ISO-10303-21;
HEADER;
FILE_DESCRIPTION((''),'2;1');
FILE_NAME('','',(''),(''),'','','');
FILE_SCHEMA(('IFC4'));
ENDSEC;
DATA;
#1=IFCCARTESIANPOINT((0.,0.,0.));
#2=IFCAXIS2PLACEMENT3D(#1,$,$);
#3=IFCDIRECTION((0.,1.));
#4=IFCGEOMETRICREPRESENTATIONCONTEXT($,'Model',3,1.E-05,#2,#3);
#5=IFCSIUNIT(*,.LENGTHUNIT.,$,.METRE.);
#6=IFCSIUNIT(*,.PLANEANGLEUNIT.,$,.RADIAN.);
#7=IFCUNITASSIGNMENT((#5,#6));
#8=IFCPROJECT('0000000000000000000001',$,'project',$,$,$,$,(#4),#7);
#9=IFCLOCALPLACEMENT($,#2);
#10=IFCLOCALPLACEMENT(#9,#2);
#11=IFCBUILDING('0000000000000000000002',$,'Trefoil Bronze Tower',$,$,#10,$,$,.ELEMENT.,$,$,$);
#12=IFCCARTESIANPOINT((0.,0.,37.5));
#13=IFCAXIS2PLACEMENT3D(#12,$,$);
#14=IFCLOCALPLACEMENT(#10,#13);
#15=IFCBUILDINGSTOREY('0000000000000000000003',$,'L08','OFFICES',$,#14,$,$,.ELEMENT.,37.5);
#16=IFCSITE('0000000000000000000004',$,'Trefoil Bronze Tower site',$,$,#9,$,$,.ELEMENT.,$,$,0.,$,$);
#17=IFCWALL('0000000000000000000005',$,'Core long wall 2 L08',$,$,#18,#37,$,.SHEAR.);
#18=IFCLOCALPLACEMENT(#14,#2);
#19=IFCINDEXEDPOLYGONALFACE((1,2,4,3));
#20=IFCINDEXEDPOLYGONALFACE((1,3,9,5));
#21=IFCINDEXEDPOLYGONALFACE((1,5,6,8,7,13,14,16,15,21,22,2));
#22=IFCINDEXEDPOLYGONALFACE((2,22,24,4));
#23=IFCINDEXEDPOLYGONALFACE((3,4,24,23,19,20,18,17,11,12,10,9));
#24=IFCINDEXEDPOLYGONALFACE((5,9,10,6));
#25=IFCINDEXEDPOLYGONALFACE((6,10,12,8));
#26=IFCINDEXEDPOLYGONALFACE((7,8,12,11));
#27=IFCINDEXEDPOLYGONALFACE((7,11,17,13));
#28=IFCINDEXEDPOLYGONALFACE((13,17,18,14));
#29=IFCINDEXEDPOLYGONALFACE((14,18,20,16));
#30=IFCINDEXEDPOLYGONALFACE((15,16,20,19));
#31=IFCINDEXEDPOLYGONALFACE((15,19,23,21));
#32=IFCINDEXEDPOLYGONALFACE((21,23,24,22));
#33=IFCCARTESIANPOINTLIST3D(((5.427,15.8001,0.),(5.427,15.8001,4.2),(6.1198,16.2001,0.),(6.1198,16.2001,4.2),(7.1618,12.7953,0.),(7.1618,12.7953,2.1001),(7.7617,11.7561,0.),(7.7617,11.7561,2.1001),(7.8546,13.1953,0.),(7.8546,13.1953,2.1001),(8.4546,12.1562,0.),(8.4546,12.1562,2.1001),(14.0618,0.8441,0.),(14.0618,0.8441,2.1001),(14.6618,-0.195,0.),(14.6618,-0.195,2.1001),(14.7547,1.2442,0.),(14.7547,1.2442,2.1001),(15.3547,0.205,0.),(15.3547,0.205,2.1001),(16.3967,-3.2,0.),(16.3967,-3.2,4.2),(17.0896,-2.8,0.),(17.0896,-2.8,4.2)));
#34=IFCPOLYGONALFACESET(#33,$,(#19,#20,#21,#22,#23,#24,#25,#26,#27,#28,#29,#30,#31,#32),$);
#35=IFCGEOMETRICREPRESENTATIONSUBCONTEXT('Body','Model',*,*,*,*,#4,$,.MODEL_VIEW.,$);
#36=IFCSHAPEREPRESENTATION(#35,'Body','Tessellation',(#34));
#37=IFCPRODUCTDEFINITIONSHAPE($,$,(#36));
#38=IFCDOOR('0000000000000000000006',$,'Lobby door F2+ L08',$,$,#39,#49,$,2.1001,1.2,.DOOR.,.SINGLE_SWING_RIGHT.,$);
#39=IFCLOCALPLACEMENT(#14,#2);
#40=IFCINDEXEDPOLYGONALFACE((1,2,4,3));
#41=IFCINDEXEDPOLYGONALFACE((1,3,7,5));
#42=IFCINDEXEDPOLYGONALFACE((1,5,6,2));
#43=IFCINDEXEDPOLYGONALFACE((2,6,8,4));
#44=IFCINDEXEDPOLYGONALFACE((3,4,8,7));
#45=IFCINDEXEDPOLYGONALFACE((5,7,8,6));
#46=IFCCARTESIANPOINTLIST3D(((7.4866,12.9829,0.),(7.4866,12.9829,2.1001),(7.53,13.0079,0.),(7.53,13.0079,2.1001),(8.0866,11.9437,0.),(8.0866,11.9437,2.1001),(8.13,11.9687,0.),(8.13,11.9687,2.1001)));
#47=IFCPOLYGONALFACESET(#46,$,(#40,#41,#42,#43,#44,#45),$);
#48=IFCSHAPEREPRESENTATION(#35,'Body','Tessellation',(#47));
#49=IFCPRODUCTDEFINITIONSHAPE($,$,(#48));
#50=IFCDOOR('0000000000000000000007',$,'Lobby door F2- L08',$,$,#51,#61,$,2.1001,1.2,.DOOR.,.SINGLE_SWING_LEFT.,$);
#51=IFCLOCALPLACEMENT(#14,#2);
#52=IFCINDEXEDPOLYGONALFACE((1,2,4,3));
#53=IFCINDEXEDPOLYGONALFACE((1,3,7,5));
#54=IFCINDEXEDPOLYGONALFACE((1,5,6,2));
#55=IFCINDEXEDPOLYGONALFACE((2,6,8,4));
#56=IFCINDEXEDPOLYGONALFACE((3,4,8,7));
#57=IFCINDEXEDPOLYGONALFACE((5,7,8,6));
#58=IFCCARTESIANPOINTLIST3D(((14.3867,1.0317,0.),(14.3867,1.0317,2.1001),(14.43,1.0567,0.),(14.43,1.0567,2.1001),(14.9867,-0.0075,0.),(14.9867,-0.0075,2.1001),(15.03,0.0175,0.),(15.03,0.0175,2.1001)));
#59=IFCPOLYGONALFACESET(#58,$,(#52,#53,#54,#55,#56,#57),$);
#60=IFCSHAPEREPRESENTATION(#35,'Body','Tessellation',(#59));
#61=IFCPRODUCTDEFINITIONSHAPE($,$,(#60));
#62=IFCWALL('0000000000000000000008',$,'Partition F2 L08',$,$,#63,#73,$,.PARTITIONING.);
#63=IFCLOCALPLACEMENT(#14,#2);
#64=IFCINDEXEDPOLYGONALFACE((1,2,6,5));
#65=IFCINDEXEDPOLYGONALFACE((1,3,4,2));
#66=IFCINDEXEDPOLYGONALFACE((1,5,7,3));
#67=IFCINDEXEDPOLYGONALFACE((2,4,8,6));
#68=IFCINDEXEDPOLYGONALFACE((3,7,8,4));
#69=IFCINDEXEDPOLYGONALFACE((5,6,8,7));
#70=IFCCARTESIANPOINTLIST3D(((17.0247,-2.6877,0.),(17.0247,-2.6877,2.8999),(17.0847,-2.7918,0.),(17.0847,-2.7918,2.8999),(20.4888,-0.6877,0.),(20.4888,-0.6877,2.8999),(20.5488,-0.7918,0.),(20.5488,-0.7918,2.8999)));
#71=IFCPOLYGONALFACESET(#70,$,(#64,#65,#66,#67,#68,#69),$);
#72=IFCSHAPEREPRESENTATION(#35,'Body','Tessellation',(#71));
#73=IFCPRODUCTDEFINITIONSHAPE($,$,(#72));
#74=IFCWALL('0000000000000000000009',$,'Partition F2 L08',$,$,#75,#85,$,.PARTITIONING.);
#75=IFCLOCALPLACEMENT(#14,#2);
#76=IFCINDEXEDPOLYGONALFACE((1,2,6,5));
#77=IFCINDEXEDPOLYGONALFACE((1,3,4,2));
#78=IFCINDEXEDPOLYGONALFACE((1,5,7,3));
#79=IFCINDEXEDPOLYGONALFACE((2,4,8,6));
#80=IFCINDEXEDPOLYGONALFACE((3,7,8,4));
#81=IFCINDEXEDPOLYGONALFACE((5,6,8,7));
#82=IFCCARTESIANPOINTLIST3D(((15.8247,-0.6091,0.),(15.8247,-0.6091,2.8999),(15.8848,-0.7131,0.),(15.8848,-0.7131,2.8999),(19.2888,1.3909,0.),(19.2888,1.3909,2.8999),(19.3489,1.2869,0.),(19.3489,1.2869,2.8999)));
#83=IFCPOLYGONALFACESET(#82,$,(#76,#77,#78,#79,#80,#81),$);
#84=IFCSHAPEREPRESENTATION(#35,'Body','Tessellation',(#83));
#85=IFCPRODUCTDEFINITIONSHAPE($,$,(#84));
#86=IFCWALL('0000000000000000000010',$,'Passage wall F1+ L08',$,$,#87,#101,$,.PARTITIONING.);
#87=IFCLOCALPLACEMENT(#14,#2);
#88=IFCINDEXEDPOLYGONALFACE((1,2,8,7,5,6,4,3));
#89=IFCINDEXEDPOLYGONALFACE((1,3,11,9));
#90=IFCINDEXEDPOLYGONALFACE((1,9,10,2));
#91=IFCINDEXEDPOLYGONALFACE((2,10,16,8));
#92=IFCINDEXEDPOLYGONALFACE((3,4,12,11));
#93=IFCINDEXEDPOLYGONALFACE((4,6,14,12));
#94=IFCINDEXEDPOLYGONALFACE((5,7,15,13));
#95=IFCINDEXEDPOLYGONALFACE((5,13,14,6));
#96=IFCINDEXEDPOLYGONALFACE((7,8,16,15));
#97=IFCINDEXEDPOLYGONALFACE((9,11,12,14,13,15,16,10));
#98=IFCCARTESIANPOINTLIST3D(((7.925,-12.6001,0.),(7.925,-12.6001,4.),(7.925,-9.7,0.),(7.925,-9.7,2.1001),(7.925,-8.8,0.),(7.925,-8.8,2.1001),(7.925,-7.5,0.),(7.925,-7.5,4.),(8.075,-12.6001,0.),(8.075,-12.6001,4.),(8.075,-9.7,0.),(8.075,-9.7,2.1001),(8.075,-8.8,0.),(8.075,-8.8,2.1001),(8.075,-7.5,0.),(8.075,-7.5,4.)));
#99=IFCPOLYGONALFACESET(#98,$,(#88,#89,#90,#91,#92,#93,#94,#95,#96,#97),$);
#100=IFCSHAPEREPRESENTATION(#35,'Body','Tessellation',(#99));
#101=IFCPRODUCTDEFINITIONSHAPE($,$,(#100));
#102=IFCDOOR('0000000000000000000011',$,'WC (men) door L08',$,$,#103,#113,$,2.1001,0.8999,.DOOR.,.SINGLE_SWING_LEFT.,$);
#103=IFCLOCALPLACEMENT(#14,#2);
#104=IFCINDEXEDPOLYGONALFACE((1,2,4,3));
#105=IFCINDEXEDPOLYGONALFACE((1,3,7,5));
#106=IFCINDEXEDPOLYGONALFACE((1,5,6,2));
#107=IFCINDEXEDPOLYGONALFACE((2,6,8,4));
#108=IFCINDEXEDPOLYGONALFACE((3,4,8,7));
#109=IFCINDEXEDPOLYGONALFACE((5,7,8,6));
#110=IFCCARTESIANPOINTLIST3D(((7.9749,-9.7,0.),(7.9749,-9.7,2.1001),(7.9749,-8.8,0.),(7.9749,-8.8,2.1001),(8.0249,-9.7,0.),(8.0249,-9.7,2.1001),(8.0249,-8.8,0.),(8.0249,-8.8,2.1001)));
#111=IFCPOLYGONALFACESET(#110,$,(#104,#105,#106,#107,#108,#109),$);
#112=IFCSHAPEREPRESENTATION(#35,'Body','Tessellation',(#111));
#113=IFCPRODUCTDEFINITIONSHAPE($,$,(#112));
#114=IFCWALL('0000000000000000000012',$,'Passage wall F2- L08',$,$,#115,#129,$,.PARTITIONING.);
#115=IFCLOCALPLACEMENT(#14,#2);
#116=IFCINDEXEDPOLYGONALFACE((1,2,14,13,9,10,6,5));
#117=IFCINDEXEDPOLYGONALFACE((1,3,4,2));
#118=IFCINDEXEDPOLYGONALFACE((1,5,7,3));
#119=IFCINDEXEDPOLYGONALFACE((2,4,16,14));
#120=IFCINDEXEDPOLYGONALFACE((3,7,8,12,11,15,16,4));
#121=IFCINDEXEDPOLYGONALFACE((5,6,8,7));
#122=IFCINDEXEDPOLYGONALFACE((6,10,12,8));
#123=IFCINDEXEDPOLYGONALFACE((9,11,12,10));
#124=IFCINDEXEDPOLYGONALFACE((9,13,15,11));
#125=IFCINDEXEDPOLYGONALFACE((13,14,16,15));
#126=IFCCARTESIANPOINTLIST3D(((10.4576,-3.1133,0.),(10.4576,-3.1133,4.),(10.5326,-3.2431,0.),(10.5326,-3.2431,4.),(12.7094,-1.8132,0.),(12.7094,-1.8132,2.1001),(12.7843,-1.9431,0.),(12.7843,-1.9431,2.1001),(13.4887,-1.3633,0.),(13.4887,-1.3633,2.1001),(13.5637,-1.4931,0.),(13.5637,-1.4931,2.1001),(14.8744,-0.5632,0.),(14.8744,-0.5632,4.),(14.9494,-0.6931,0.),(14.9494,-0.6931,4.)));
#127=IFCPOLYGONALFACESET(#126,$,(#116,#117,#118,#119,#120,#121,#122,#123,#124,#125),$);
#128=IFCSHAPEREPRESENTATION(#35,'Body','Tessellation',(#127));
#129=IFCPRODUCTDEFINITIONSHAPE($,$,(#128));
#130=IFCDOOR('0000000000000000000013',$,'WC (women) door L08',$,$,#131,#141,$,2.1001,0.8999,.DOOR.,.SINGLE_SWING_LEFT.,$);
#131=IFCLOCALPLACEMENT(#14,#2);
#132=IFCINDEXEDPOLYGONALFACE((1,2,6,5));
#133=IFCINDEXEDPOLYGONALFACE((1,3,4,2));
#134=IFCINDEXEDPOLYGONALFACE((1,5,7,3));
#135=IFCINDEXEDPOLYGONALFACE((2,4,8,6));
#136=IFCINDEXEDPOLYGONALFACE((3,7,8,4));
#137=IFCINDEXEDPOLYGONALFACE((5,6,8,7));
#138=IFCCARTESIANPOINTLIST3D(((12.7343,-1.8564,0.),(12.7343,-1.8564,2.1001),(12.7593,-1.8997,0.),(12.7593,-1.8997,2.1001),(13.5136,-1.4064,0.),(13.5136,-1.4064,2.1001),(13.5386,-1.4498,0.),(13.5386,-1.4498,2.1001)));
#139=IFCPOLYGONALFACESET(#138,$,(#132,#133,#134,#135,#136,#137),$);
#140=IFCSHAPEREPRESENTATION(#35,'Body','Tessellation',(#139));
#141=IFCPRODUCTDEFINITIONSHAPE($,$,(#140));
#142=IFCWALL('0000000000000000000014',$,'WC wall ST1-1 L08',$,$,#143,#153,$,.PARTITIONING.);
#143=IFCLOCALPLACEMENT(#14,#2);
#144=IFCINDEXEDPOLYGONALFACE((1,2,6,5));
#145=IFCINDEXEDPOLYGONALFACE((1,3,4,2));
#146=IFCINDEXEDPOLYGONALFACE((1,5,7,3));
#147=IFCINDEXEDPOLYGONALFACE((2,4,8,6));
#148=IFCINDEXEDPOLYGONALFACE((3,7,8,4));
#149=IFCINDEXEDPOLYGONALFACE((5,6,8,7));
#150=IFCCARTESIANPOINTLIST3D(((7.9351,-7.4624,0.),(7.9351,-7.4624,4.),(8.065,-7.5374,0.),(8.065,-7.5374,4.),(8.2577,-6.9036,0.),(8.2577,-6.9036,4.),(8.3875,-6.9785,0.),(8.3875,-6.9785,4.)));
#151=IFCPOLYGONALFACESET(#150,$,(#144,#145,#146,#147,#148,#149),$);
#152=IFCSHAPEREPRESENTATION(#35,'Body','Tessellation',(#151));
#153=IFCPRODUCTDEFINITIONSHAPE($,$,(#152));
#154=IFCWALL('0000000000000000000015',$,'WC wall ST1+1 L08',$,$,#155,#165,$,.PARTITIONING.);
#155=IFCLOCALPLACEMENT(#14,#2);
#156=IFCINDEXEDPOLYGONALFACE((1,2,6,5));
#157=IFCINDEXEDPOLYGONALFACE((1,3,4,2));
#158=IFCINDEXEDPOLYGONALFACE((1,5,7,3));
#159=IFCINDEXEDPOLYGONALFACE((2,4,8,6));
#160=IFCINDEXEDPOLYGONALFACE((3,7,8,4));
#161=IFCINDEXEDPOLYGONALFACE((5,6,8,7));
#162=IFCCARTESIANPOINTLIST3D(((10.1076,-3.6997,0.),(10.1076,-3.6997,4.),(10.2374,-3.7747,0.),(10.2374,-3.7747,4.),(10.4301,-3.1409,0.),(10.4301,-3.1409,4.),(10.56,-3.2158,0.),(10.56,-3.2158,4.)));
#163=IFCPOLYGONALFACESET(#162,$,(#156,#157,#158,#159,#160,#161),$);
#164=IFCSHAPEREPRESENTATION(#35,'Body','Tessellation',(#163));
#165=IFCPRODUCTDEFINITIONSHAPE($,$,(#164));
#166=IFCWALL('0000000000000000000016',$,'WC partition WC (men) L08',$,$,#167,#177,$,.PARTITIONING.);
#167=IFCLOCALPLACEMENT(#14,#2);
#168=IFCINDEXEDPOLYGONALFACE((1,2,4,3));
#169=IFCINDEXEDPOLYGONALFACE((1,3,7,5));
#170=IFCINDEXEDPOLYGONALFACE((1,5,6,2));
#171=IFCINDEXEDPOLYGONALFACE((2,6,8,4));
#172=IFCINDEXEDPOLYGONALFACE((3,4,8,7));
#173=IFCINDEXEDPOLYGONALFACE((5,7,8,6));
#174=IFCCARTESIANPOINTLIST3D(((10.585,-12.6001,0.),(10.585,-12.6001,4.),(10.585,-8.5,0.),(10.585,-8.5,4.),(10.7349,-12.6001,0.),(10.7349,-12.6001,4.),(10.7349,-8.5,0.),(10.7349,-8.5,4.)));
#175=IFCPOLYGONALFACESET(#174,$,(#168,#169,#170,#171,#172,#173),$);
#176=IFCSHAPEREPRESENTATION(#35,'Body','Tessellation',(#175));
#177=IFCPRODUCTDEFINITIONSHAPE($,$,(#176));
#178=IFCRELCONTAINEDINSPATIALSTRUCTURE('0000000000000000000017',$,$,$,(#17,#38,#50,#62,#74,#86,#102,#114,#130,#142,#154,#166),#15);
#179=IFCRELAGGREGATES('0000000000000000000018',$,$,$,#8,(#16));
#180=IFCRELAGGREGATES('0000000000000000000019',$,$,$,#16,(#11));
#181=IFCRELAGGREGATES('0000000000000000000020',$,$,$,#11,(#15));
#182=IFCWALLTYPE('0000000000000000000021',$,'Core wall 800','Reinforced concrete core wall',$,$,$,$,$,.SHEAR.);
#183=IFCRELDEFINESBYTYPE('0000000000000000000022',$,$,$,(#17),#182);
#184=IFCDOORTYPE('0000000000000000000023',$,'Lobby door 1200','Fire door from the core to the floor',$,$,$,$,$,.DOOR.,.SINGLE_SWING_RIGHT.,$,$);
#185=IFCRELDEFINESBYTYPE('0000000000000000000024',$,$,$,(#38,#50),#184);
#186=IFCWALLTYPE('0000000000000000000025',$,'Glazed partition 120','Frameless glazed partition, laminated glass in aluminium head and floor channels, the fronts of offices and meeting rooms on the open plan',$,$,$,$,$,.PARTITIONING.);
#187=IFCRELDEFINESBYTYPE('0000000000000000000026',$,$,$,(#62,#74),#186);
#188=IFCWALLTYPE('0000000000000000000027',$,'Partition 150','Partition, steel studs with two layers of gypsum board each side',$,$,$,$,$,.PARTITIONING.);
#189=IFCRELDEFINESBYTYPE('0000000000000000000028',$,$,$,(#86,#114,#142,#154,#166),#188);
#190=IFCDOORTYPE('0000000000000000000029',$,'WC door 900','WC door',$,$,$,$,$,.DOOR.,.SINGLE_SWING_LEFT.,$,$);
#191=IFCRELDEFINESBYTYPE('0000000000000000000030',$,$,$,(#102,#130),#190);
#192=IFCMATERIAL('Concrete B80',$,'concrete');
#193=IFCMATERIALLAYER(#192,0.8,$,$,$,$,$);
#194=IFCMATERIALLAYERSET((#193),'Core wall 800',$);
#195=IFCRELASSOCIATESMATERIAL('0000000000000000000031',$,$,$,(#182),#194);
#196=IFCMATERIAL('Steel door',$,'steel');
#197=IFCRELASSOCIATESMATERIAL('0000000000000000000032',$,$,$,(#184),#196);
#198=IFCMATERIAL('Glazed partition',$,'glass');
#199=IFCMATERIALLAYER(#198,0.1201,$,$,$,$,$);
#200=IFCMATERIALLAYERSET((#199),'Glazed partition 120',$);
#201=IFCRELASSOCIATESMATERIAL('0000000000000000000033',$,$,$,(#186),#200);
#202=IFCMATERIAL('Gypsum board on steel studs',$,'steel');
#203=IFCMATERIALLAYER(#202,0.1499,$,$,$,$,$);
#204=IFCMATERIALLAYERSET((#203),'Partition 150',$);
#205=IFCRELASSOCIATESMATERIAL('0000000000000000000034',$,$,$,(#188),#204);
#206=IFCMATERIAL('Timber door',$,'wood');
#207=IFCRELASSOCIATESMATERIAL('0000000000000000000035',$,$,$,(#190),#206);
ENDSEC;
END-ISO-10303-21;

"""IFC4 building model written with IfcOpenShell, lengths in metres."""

from ifc_helpers import new_model, si_unit, direction, frame, frame_2d, origin, place, context, subcontext, project, spatial, rectangle, extrude, material, layer, layer_set, type_object, element, fill, save


model = new_model("IFC4")

# Units and contexts
model_context = context("Model", 3, precision=1e-05, world=origin(), true_north=direction((0.0, 1.0)))
body_context = subcontext(model_context, "Body", "Model", "MODEL_VIEW")
ifc_project = project(units=[si_unit("LENGTHUNIT", "METRE"), si_unit("PLANEANGLEUNIT", "RADIAN")], contexts=[model_context])

# Site, building, storey
site_placement = place(None, origin())
site = spatial("IfcSite", under=ifc_project, at=site_placement, Name="Trefoil Bronze Tower site", CompositionType="ELEMENT", RefElevation=0.0)
building_placement = place(site_placement, origin())
building = spatial("IfcBuilding", under=site, at=building_placement, Name="Trefoil Bronze Tower", CompositionType="ELEMENT")
storey_placement = place(building_placement, frame((0.0, 0.0, 37.5)))
storey = spatial("IfcBuildingStorey", under=building, at=storey_placement, Name="L08", Description="OFFICES", CompositionType="ELEMENT", Elevation=37.5)

# Shared definitions
ifc_material_1 = material(Name="Concrete B80", Category="concrete")
ifc_layer_1 = layer(ifc_material_1, 0.8)
ifc_layer_set_1 = layer_set([ifc_layer_1], Name="Core wall 800")
wall_type_1 = type_object("IfcWallType", Name="Core wall 800", Description="Reinforced concrete core wall", PredefinedType="SHEAR", material=ifc_layer_set_1)

# Wall, openings, doors
wall_1_placement = place(storey_placement, frame((16.7432, -3.0, 0.0), z_axis=(0.0, 0.0, 1.0), x_axis=(-0.500002, 0.866024, 0.0)))
wall_1 = element("IfcWall", 1, at=wall_1_placement, inside=storey, type_object=wall_type_1, Name="Core long wall 2 L08", PredefinedType="SHEAR", context=body_context, shape_type="SweptSolid", body=[
    extrude(rectangle(XDim=21.9395, YDim=0.8, at=frame_2d((10.9697, 0.0))), origin(), (0.0, 0.0, 1.0), 4.2),
])
opening_1_placement = place(wall_1_placement, frame((17.2698, 0.0, 0.0)))
opening_1 = element("IfcOpeningElement", 2, at=opening_1_placement, cuts=wall_1, PredefinedType="OPENING", context=body_context, shape_type="SweptSolid", body=[
    extrude(rectangle(XDim=1.2, YDim=2.1001, at=frame_2d((0.6001, 1.05))), frame((0.0, 0.4099, 0.0), z_axis=(0.0, -1.0, 0.0), x_axis=(1.0, 0.0, 0.0)), (0.0, 0.0, 1.0), 0.8201),
])
opening_2_placement = place(wall_1_placement, frame((3.4697, 0.0, 0.0)))
opening_2 = element("IfcOpeningElement", 3, at=opening_2_placement, cuts=wall_1, PredefinedType="OPENING", context=body_context, shape_type="SweptSolid", body=[
    extrude(rectangle(XDim=1.2, YDim=2.1001, at=frame_2d((0.6001, 1.05))), frame((0.0, 0.4099, 0.0), z_axis=(0.0, -1.0, 0.0), x_axis=(1.0, 0.0, 0.0)), (0.0, 0.0, 1.0), 0.8201),
])
ifc_material_2 = material(Name="Steel door", Category="steel")
door_type_1 = type_object("IfcDoorType", Name="Lobby door 1200", Description="Fire door from the core to the floor", OperationType="SINGLE_SWING_RIGHT", PredefinedType="DOOR", material=ifc_material_2)
door_1_placement = place(opening_1_placement, origin())
door_1 = element("IfcDoor", 4, at=door_1_placement, inside=storey, type_object=door_type_1, Name="Lobby door F2+ L08", OperationType="SINGLE_SWING_RIGHT", OverallHeight=2.1001, OverallWidth=1.2, PredefinedType="DOOR", context=body_context, shape_type="SweptSolid", body=[
    extrude(rectangle(XDim=1.2, YDim=2.1001, at=frame_2d((0.6001, 1.05))), frame((0.0, 0.0249, 0.0), z_axis=(0.0, -1.0, 0.0), x_axis=(1.0, 0.0, 0.0)), (0.0, 0.0, 1.0), 0.05),
])
fill(opening_1, door_1)
door_2_placement = place(opening_2_placement, origin())
door_2 = element("IfcDoor", 5, at=door_2_placement, inside=storey, type_object=door_type_1, Name="Lobby door F2- L08", OperationType="SINGLE_SWING_LEFT", OverallHeight=2.1001, OverallWidth=1.2, PredefinedType="DOOR", context=body_context, shape_type="SweptSolid", body=[
    extrude(rectangle(XDim=1.2, YDim=2.1001, at=frame_2d((0.6001, 1.05))), frame((0.0, 0.0249, 0.0), z_axis=(0.0, -1.0, 0.0), x_axis=(1.0, 0.0, 0.0)), (0.0, 0.0, 1.0), 0.05),
])
fill(opening_2, door_2)

# Walls
ifc_material_3 = material(Name="Glazed partition", Category="glass")
ifc_layer_2 = layer(ifc_material_3, 0.1201)
ifc_layer_set_2 = layer_set([ifc_layer_2], Name="Glazed partition 120")
wall_type_2 = type_object("IfcWallType", Name="Glazed partition 120", Description="Frameless glazed partition, laminated glass in aluminium head and floor channels, the fronts of offices and meeting rooms on the open plan", PredefinedType="PARTITIONING", material=ifc_layer_set_2)
for number, where, z_axis, x_axis, name in (
    (6, (17.0547, -2.7397, 0.0), (0.0, 0.0, 1.0), (0.866026, 0.499999, 0.0), "Partition F2 L08"),
    (7, (15.8547, -0.6611, 0.0), (0.0, 0.0, 1.0), (0.866026, 0.499999, 0.0), "Partition F2 L08"),
):
    element("IfcWall", number, at=place(storey_placement, frame(where, z_axis=z_axis, x_axis=x_axis)), inside=storey, type_object=wall_type_2, Name=name, PredefinedType="PARTITIONING", context=body_context, shape_type="SweptSolid", body=[
        extrude(rectangle(XDim=4.0, YDim=0.1201, at=frame_2d((2.0, 0.0))), origin(), (0.0, 0.0, 1.0), 2.8999),
    ])

# Walls, openings, doors
ifc_material_4 = material(Name="Gypsum board on steel studs", Category="steel")
ifc_layer_3 = layer(ifc_material_4, 0.1499)
ifc_layer_set_3 = layer_set([ifc_layer_3], Name="Partition 150")
wall_type_3 = type_object("IfcWallType", Name="Partition 150", Description="Partition, steel studs with two layers of gypsum board each side", PredefinedType="PARTITIONING", material=ifc_layer_set_3)
wall_2_placement = place(storey_placement, frame((8.0, -7.5, 0.0), z_axis=(0.0, 0.0, 1.0), x_axis=(0.0, -1.0, 0.0)))
wall_2 = element("IfcWall", 8, at=wall_2_placement, inside=storey, type_object=wall_type_3, Name="Passage wall F1+ L08", PredefinedType="PARTITIONING", context=body_context, shape_type="SweptSolid", body=[
    extrude(rectangle(XDim=5.1001, YDim=0.1499, at=frame_2d((2.55, 0.0))), origin(), (0.0, 0.0, 1.0), 4.0),
])
opening_3_placement = place(wall_2_placement, frame((1.3, 0.0, 0.0)))
opening_3 = element("IfcOpeningElement", 9, at=opening_3_placement, cuts=wall_2, PredefinedType="OPENING", context=body_context, shape_type="SweptSolid", body=[
    extrude(rectangle(XDim=0.8999, YDim=2.1001, at=frame_2d((0.45, 1.05))), frame((0.0, 0.085, 0.0), z_axis=(0.0, -1.0, 0.0), x_axis=(1.0, 0.0, 0.0)), (0.0, 0.0, 1.0), 0.1699),
])
ifc_material_5 = material(Name="Timber door", Category="wood")
door_type_2 = type_object("IfcDoorType", Name="WC door 900", Description="WC door", OperationType="SINGLE_SWING_LEFT", PredefinedType="DOOR", material=ifc_material_5)
door_3_placement = place(opening_3_placement, origin())
door_3 = element("IfcDoor", 10, at=door_3_placement, inside=storey, type_object=door_type_2, Name="WC (men) door L08", OperationType="SINGLE_SWING_LEFT", OverallHeight=2.1001, OverallWidth=0.8999, PredefinedType="DOOR", context=body_context, shape_type="SweptSolid", body=[
    extrude(rectangle(XDim=0.8999, YDim=2.1001, at=frame_2d((0.45, 1.05))), frame((0.0, 0.0249, 0.0), z_axis=(0.0, -1.0, 0.0), x_axis=(1.0, 0.0, 0.0)), (0.0, 0.0, 1.0), 0.05),
])
fill(opening_3, door_3)
wall_3_placement = place(storey_placement, frame((10.4951, -3.1782, 0.0), z_axis=(0.0, 0.0, 1.0), x_axis=(0.866022, 0.500006, 0.0)))
wall_3 = element("IfcWall", 11, at=wall_3_placement, inside=storey, type_object=wall_type_3, Name="Passage wall F2- L08", PredefinedType="PARTITIONING", context=body_context, shape_type="SweptSolid", body=[
    extrude(rectangle(XDim=5.1001, YDim=0.1499, at=frame_2d((2.55, 0.0))), origin(), (0.0, 0.0, 1.0), 4.0),
])
opening_4_placement = place(wall_3_placement, frame((2.6001, 0.0, 0.0)))
opening_4 = element("IfcOpeningElement", 12, at=opening_4_placement, cuts=wall_3, PredefinedType="OPENING", context=body_context, shape_type="SweptSolid", body=[
    extrude(rectangle(XDim=0.8999, YDim=2.1001, at=frame_2d((0.45, 1.05))), frame((0.0, 0.085, 0.0), z_axis=(0.0, -1.0, 0.0), x_axis=(1.0, 0.0, 0.0)), (0.0, 0.0, 1.0), 0.1699),
])
door_4_placement = place(opening_4_placement, frame((0.8999, 0.0, 0.0), z_axis=(0.0, 0.0, 1.0), x_axis=(-1.0, 0.0, 0.0)))
door_4 = element("IfcDoor", 13, at=door_4_placement, inside=storey, type_object=door_type_2, Name="WC (women) door L08", OperationType="SINGLE_SWING_LEFT", OverallHeight=2.1001, OverallWidth=0.8999, PredefinedType="DOOR", context=body_context, shape_type="SweptSolid", body=[
    extrude(rectangle(XDim=0.8999, YDim=2.1001, at=frame_2d((0.45, 1.05))), frame((0.0, 0.0249, 0.0), z_axis=(0.0, -1.0, 0.0), x_axis=(1.0, 0.0, 0.0)), (0.0, 0.0, 1.0), 0.05),
])
fill(opening_4, door_4)

# Walls
for number, where, z_axis, x_axis, name in (
    (14, (8.0, -7.5, 0.0), (0.0, 0.0, 1.0), (0.499843, 0.866116, 0.0), "WC wall ST1-1 L08"),
    (15, (10.4951, -3.1782, 0.0), (0.0, 0.0, 1.0), (-0.499843, -0.866116, 0.0), "WC wall ST1+1 L08"),
):
    element("IfcWall", number, at=place(storey_placement, frame(where, z_axis=z_axis, x_axis=x_axis)), inside=storey, type_object=wall_type_3, Name=name, PredefinedType="PARTITIONING", context=body_context, shape_type="SweptSolid", body=[
        extrude(rectangle(XDim=0.6453, YDim=0.1499, at=frame_2d((0.3228, 0.0))), origin(), (0.0, 0.0, 1.0), 4.0),
    ])
wall_4_placement = place(storey_placement, frame((10.6599, -8.5, 0.0), z_axis=(0.0, 0.0, 1.0), x_axis=(0.0, -1.0, 0.0)))
element("IfcWall", 16, at=wall_4_placement, inside=storey, type_object=wall_type_3, Name="WC partition WC (men) L08", PredefinedType="PARTITIONING", context=body_context, shape_type="SweptSolid", body=[
    extrude(rectangle(XDim=4.1001, YDim=0.1499, at=frame_2d((2.05, 0.0))), origin(), (0.0, 0.0, 1.0), 4.0),
])

save(model, "model.ifc")
